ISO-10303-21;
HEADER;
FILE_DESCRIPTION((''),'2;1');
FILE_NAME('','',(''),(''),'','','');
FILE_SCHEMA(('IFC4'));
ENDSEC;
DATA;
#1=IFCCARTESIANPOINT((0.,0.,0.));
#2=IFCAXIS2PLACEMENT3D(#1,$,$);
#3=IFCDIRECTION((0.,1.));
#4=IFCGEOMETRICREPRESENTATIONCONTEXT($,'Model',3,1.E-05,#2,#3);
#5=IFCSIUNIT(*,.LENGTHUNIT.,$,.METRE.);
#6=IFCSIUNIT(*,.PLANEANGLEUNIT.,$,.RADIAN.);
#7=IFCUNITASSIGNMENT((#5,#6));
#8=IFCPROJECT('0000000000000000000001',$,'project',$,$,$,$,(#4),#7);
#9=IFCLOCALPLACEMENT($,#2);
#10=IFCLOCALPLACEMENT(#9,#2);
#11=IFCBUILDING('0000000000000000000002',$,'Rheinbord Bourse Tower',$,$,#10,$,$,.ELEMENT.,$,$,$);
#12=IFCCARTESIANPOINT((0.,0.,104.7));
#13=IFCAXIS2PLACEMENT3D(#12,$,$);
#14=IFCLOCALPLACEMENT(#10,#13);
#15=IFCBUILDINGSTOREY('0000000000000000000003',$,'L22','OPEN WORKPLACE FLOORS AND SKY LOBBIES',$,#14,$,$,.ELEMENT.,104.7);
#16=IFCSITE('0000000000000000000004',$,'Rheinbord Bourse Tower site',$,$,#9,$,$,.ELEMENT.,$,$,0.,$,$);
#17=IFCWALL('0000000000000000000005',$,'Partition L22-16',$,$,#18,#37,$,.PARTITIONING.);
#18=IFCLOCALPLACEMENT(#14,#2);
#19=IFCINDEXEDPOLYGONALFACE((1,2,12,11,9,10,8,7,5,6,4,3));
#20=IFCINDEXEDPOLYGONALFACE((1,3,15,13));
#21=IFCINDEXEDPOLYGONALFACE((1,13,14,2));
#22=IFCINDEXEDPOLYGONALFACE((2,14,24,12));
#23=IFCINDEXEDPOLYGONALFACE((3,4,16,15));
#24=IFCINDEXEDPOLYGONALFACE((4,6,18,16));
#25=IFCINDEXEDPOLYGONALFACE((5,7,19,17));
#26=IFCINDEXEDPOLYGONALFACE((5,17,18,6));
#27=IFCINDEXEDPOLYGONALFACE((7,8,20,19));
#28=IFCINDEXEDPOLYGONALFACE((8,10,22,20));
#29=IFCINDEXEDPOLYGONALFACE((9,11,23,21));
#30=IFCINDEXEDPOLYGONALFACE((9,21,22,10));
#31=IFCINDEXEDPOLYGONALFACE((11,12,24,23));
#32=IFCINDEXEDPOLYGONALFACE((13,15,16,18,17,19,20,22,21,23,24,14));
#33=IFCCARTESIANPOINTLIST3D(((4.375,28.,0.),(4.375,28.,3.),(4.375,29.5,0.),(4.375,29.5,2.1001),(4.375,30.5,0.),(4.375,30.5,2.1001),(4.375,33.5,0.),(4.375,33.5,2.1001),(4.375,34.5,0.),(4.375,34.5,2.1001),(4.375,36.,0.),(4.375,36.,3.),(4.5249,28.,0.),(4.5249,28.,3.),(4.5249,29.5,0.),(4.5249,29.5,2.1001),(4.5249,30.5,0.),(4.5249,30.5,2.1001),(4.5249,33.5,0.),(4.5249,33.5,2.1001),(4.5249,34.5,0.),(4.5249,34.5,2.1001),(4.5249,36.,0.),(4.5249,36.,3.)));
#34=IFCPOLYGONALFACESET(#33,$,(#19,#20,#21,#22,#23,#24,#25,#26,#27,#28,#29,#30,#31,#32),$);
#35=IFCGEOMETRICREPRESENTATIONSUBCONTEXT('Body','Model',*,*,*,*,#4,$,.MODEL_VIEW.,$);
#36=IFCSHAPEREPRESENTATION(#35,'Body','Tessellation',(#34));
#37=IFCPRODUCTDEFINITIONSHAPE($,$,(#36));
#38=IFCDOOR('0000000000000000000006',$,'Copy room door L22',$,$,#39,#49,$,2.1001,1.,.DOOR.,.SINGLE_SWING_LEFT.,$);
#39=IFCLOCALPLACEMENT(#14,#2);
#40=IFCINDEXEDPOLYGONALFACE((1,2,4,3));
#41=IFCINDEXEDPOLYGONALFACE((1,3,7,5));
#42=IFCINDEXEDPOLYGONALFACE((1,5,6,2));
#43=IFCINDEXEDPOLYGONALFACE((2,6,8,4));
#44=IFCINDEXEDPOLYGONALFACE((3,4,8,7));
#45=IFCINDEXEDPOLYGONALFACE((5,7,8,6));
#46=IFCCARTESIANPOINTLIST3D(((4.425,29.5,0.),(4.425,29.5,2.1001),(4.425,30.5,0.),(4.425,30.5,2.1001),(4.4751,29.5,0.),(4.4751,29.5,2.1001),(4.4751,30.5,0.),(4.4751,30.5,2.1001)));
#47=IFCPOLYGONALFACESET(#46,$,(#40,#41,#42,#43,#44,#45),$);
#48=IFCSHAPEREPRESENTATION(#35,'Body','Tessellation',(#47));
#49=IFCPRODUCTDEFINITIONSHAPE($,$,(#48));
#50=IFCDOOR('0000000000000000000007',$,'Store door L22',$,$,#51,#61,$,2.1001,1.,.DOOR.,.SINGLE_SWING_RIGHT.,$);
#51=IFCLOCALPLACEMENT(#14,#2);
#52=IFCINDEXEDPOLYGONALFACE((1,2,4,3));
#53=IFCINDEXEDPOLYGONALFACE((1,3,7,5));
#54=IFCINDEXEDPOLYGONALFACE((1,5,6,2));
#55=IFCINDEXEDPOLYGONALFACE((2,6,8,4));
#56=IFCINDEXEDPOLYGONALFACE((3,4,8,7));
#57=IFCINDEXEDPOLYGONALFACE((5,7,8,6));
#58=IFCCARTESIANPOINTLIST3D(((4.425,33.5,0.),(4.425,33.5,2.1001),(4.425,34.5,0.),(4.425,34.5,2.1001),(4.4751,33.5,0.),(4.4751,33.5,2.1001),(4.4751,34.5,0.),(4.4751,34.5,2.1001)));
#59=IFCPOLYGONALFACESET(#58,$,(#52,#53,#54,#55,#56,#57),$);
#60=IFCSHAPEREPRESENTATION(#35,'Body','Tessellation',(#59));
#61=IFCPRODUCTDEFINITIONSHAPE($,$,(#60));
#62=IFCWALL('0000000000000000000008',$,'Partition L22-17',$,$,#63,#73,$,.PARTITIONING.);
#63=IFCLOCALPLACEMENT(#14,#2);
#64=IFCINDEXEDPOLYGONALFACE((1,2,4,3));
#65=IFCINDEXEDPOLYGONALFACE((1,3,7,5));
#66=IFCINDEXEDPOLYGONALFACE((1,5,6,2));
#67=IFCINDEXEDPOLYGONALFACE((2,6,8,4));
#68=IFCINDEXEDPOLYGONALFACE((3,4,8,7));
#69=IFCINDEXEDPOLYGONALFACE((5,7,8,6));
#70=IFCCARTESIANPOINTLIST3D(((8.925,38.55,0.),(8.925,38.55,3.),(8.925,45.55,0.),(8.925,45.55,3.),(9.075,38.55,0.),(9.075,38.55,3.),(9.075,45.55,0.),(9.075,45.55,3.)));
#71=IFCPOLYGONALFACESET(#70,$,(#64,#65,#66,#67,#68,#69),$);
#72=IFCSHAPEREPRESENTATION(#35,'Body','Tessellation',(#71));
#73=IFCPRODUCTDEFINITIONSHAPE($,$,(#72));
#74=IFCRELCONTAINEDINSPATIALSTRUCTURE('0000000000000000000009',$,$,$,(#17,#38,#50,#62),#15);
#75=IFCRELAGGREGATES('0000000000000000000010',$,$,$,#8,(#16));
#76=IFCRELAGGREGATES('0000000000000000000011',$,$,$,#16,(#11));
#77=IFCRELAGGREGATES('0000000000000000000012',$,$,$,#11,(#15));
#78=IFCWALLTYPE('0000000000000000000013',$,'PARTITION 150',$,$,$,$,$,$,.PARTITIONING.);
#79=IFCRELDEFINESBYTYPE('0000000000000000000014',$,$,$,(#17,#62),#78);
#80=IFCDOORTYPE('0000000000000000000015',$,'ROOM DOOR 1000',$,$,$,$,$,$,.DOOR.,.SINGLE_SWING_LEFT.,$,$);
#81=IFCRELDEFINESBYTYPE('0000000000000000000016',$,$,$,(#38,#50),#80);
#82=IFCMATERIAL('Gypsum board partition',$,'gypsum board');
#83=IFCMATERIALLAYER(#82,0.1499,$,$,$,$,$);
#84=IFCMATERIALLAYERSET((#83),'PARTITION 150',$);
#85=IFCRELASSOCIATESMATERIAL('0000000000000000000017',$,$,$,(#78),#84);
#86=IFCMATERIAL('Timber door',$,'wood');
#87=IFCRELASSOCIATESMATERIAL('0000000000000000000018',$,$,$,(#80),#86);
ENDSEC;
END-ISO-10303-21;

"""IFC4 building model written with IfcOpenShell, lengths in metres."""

from ifc_helpers import new_model, si_unit, direction, frame, frame_2d, origin, place, context, subcontext, project, spatial, rectangle, extrude, material, layer, layer_set, type_object, element, fill, save


model = new_model("IFC4")

# Units and contexts
model_context = context("Model", 3, precision=1e-05, world=origin(), true_north=direction((0.0, 1.0)))
body_context = subcontext(model_context, "Body", "Model", "MODEL_VIEW")
ifc_project = project(units=[si_unit("LENGTHUNIT", "METRE"), si_unit("PLANEANGLEUNIT", "RADIAN")], contexts=[model_context])

# Site, building, storey
site_placement = place(None, origin())
site = spatial("IfcSite", under=ifc_project, at=site_placement, Name="Rheinbord Bourse Tower site", CompositionType="ELEMENT", RefElevation=0.0)
building_placement = place(site_placement, origin())
building = spatial("IfcBuilding", under=site, at=building_placement, Name="Rheinbord Bourse Tower", CompositionType="ELEMENT")
storey_placement = place(building_placement, frame((0.0, 0.0, 104.7)))
storey = spatial("IfcBuildingStorey", under=building, at=storey_placement, Name="L22", Description="OPEN WORKPLACE FLOORS AND SKY LOBBIES", CompositionType="ELEMENT", Elevation=104.7)

# Shared definitions
ifc_material_1 = material(Name="Gypsum board partition", Category="gypsum board")
ifc_layer_1 = layer(ifc_material_1, 0.1499)
ifc_layer_set_1 = layer_set([ifc_layer_1], Name="PARTITION 150")
wall_type = type_object("IfcWallType", Name="PARTITION 150", PredefinedType="PARTITIONING", material=ifc_layer_set_1)

# Wall, openings, doors
wall_1_placement = place(storey_placement, frame((4.45, 28.0, 0.0), z_axis=(0.0, 0.0, 1.0), x_axis=(0.0, 1.0, 0.0)))
wall_1 = element("IfcWall", 1, at=wall_1_placement, inside=storey, type_object=wall_type, Name="Partition L22-16", PredefinedType="PARTITIONING", context=body_context, shape_type="SweptSolid", body=[
    extrude(rectangle(XDim=8.0, YDim=0.1499, at=frame_2d((4.0, 0.0))), origin(), (0.0, 0.0, 1.0), 3.0),
])
opening_1_placement = place(wall_1_placement, frame((1.5, 0.0, 0.0)))
opening_1 = element("IfcOpeningElement", 2, at=opening_1_placement, cuts=wall_1, PredefinedType="OPENING", context=body_context, shape_type="SweptSolid", body=[
    extrude(rectangle(XDim=1.0, YDim=2.1001, at=frame_2d((0.5, 1.05))), frame((0.0, 0.085, 0.0), z_axis=(0.0, -1.0, 0.0), x_axis=(1.0, 0.0, 0.0)), (0.0, 0.0, 1.0), 0.1699),
])
opening_2_placement = place(wall_1_placement, frame((5.5, 0.0, 0.0)))
opening_2 = element("IfcOpeningElement", 3, at=opening_2_placement, cuts=wall_1, PredefinedType="OPENING", context=body_context, shape_type="SweptSolid", body=[
    extrude(rectangle(XDim=1.0, YDim=2.1001, at=frame_2d((0.5, 1.05))), frame((0.0, 0.085, 0.0), z_axis=(0.0, -1.0, 0.0), x_axis=(1.0, 0.0, 0.0)), (0.0, 0.0, 1.0), 0.1699),
])
ifc_material_2 = material(Name="Timber door", Category="wood")
door_type_1 = type_object("IfcDoorType", Name="ROOM DOOR 1000", OperationType="SINGLE_SWING_LEFT", PredefinedType="DOOR", material=ifc_material_2)
door_1_placement = place(opening_1_placement, origin())
door_1 = element("IfcDoor", 4, at=door_1_placement, inside=storey, type_object=door_type_1, Name="Copy room door L22", OperationType="SINGLE_SWING_LEFT", OverallHeight=2.1001, OverallWidth=1.0, PredefinedType="DOOR", context=body_context, shape_type="SweptSolid", body=[
    extrude(rectangle(XDim=1.0, YDim=2.1001, at=frame_2d((0.5, 1.05))), frame((0.0, 0.0249, 0.0), z_axis=(0.0, -1.0, 0.0), x_axis=(1.0, 0.0, 0.0)), (0.0, 0.0, 1.0), 0.05),
])
fill(opening_1, door_1)
door_2_placement = place(opening_2_placement, origin())
door_2 = element("IfcDoor", 5, at=door_2_placement, inside=storey, type_object=door_type_1, Name="Store door L22", OperationType="SINGLE_SWING_RIGHT", OverallHeight=2.1001, OverallWidth=1.0, PredefinedType="DOOR", context=body_context, shape_type="SweptSolid", body=[
    extrude(rectangle(XDim=1.0, YDim=2.1001, at=frame_2d((0.5, 1.05))), frame((0.0, 0.0249, 0.0), z_axis=(0.0, -1.0, 0.0), x_axis=(1.0, 0.0, 0.0)), (0.0, 0.0, 1.0), 0.05),
])
fill(opening_2, door_2)

# Wall
wall_2_placement = place(storey_placement, frame((9.0, 38.55, 0.0), z_axis=(0.0, 0.0, 1.0), x_axis=(0.0, 1.0, 0.0)))
element("IfcWall", 6, at=wall_2_placement, inside=storey, type_object=wall_type, Name="Partition L22-17", PredefinedType="PARTITIONING", context=body_context, shape_type="SweptSolid", body=[
    extrude(rectangle(XDim=7.0, YDim=0.1499, at=frame_2d((3.5, 0.0))), origin(), (0.0, 0.0, 1.0), 3.0),
])

save(model, "model.ifc")
